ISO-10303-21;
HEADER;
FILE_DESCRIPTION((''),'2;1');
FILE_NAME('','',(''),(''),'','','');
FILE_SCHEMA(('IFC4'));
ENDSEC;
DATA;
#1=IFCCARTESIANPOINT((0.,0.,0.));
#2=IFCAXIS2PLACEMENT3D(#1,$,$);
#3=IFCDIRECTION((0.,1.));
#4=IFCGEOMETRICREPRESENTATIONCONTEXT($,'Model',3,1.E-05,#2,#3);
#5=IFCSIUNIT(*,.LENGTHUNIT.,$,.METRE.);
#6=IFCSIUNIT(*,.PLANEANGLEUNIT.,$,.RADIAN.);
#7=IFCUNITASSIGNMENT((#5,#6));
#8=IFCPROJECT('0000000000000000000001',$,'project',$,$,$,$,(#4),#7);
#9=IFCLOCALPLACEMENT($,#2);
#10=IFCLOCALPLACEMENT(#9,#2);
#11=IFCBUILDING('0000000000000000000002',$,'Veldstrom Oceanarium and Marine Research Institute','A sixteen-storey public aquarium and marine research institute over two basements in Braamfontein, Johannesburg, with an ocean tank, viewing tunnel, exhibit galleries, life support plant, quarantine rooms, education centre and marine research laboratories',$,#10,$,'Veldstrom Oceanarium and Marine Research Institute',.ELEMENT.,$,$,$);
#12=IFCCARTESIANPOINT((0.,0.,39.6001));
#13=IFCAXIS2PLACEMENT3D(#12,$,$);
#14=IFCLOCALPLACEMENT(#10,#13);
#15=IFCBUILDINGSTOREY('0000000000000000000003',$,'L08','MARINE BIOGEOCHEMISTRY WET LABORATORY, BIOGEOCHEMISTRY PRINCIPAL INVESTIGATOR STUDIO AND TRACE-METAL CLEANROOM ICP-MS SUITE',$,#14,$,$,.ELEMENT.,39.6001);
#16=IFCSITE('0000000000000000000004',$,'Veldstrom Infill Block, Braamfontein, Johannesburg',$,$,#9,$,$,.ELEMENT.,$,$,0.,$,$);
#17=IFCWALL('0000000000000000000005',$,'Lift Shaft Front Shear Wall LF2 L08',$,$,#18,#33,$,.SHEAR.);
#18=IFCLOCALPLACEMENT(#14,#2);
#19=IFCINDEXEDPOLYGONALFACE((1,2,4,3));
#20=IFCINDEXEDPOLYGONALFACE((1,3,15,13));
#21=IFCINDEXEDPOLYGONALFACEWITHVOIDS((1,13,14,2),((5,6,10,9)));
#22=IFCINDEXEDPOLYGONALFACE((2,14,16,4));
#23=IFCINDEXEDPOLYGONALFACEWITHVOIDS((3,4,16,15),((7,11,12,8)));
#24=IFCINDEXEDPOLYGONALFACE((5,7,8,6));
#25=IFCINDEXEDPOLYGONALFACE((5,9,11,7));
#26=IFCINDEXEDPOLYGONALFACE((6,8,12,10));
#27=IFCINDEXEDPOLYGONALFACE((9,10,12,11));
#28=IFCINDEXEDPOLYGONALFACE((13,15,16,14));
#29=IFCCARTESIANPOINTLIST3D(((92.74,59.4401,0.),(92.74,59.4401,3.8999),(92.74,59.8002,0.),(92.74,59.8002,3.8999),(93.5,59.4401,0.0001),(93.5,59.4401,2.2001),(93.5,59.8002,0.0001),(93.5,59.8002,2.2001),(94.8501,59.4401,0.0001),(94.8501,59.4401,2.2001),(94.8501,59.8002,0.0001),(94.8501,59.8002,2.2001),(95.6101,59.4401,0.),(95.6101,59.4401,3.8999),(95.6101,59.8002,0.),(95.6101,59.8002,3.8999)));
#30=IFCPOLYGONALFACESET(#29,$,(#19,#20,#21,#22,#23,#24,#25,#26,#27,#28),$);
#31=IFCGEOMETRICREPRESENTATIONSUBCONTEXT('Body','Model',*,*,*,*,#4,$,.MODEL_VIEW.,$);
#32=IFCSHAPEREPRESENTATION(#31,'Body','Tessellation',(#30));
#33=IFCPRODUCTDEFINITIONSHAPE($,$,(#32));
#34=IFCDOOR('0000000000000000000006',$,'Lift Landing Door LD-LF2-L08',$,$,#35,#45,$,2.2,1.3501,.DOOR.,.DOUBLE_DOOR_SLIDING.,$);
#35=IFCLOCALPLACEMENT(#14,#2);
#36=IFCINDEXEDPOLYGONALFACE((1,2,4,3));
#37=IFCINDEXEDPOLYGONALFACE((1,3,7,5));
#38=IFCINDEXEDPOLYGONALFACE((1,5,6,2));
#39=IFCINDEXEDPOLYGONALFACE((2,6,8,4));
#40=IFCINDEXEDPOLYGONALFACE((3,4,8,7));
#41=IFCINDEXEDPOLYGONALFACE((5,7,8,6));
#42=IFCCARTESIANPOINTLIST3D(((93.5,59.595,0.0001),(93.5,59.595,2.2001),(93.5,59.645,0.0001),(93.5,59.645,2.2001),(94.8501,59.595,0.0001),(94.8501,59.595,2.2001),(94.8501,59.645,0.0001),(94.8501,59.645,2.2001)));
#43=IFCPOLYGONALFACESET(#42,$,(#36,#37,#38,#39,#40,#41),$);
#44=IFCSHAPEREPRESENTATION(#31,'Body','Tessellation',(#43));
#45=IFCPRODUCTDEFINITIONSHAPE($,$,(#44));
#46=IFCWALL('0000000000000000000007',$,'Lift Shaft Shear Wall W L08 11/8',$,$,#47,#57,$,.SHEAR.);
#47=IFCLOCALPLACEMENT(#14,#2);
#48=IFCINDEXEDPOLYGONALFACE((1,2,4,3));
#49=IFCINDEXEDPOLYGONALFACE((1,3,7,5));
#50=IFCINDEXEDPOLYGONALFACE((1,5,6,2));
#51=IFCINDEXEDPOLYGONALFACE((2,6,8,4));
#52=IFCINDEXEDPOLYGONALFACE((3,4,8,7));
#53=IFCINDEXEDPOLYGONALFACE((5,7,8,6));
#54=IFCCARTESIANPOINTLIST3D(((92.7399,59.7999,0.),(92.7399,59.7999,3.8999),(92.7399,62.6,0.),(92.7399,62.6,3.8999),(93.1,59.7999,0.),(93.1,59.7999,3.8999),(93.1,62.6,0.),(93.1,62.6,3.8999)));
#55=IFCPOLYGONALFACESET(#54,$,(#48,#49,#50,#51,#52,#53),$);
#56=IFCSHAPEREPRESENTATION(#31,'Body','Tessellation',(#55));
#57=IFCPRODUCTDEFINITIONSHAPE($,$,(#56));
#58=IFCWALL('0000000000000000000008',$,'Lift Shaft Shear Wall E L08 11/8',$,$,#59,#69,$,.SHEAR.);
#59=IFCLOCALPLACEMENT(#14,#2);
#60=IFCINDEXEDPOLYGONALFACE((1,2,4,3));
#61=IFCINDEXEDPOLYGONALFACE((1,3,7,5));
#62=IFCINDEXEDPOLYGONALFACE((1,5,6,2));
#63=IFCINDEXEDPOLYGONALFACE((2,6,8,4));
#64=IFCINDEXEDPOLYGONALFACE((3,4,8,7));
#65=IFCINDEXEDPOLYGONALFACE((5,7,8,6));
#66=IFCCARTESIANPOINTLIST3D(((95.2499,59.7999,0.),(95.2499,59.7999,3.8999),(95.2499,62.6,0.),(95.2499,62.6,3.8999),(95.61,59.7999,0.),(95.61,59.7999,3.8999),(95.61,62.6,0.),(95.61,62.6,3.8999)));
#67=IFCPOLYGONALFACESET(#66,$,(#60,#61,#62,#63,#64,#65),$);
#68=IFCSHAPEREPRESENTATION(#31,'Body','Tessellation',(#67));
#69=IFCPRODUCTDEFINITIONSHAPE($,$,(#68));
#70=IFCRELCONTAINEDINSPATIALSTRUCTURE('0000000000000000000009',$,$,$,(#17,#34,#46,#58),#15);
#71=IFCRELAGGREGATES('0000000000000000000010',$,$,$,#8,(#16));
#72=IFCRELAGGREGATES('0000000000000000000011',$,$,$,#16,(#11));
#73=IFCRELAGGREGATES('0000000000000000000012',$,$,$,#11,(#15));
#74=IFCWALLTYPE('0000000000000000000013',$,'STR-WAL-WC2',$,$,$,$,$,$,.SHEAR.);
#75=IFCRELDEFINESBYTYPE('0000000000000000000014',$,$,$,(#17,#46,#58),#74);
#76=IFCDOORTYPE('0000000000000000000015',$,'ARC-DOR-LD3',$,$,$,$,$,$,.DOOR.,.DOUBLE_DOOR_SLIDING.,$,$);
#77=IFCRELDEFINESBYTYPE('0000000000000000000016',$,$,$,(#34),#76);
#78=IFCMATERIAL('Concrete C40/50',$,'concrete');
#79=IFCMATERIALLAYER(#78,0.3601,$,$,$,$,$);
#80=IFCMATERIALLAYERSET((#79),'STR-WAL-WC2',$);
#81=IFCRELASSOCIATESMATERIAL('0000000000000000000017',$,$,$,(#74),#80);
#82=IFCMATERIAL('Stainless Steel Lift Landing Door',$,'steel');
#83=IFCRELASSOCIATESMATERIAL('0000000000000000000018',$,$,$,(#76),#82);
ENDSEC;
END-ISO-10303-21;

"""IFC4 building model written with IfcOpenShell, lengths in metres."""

from ifc_helpers import new_model, si_unit, direction, frame, frame_2d, origin, place, context, subcontext, project, spatial, rectangle, extrude, material, layer, layer_set, type_object, element, fill, save


model = new_model("IFC4")

# Units and contexts
model_context = context("Model", 3, precision=1e-05, world=origin(), true_north=direction((0.0, 1.0)))
body_context = subcontext(model_context, "Body", "Model", "MODEL_VIEW")
ifc_project = project(units=[si_unit("LENGTHUNIT", "METRE"), si_unit("PLANEANGLEUNIT", "RADIAN")], contexts=[model_context])

# Site, building, storey
site_placement = place(None, origin())
site = spatial("IfcSite", under=ifc_project, at=site_placement, Name="Veldstrom Infill Block, Braamfontein, Johannesburg", CompositionType="ELEMENT", RefElevation=0.0)
building_placement = place(site_placement, origin())
building = spatial("IfcBuilding", under=site, at=building_placement, Name="Veldstrom Oceanarium and Marine Research Institute", Description="A sixteen-storey public aquarium and marine research institute over two basements in Braamfontein, Johannesburg, with an ocean tank, viewing tunnel, exhibit galleries, life support plant, quarantine rooms, education centre and marine research laboratories", LongName="Veldstrom Oceanarium and Marine Research Institute", CompositionType="ELEMENT")
storey_placement = place(building_placement, frame((0.0, 0.0, 39.6001)))
storey = spatial("IfcBuildingStorey", under=building, at=storey_placement, Name="L08", Description="MARINE BIOGEOCHEMISTRY WET LABORATORY, BIOGEOCHEMISTRY PRINCIPAL INVESTIGATOR STUDIO AND TRACE-METAL CLEANROOM ICP-MS SUITE", CompositionType="ELEMENT", Elevation=39.6001)

# Shared definitions
ifc_material_1 = material(Name="Concrete C40/50", Category="concrete")
ifc_layer_1 = layer(ifc_material_1, 0.3601)
ifc_layer_set_1 = layer_set([ifc_layer_1], Name="STR-WAL-WC2")
wall_type_1 = type_object("IfcWallType", Name="STR-WAL-WC2", PredefinedType="SHEAR", material=ifc_layer_set_1)

# Wall, opening, door
wall_1_placement = place(storey_placement, frame((92.74, 59.6201, 0.0), z_axis=(0.0, 0.0, 1.0), x_axis=(1.0, 0.0, 0.0)))
wall_1 = element("IfcWall", 1, at=wall_1_placement, inside=storey, type_object=wall_type_1, Name="Lift Shaft Front Shear Wall LF2 L08", PredefinedType="SHEAR", context=body_context, shape_type="SweptSolid", body=[
    extrude(rectangle(XDim=2.8701, YDim=0.3601, at=frame_2d((1.4351, 0.0))), origin(), (0.0, 0.0, 1.0), 3.8999),
])
opening_1_placement = place(wall_1_placement, frame((0.76, 0.0, 0.0)))
opening_1 = element("IfcOpeningElement", 2, at=opening_1_placement, cuts=wall_1, PredefinedType="OPENING", context=body_context, shape_type="SweptSolid", body=[
    extrude(rectangle(XDim=1.3501, YDim=2.2, at=frame_2d((0.675, 1.1001))), frame((0.0, 0.1899, 0.0), z_axis=(0.0, -1.0, 0.0), x_axis=(1.0, 0.0, 0.0)), (0.0, 0.0, 1.0), 0.3801),
])
ifc_material_2 = material(Name="Stainless Steel Lift Landing Door", Category="steel")
door_type_1 = type_object("IfcDoorType", Name="ARC-DOR-LD3", OperationType="DOUBLE_DOOR_SLIDING", PredefinedType="DOOR", material=ifc_material_2)
door_1_placement = place(opening_1_placement, origin())
door_1 = element("IfcDoor", 3, at=door_1_placement, inside=storey, type_object=door_type_1, Name="Lift Landing Door LD-LF2-L08", OperationType="DOUBLE_DOOR_SLIDING", OverallHeight=2.2, OverallWidth=1.3501, PredefinedType="DOOR", context=body_context, shape_type="SweptSolid", body=[
    extrude(rectangle(XDim=1.3501, YDim=2.2, at=frame_2d((0.675, 1.1001))), frame((0.0, 0.0249, 0.0), z_axis=(0.0, -1.0, 0.0), x_axis=(1.0, 0.0, 0.0)), (0.0, 0.0, 1.0), 0.05),
])
fill(opening_1, door_1)

# Walls
for number, where, z_axis, x_axis, name in (
    (4, (92.9199, 59.8, 0.0), (0.0, 0.0, 1.0), (0.0, 1.0, 0.0), "Lift Shaft Shear Wall W L08 11/8"),
    (5, (95.4299, 59.8, 0.0), (0.0, 0.0, 1.0), (0.0, 1.0, 0.0), "Lift Shaft Shear Wall E L08 11/8"),
):
    element("IfcWall", number, at=place(storey_placement, frame(where, z_axis=z_axis, x_axis=x_axis)), inside=storey, type_object=wall_type_1, Name=name, PredefinedType="SHEAR", context=body_context, shape_type="SweptSolid", body=[
        extrude(rectangle(XDim=2.8, YDim=0.3601, at=frame_2d((1.3999, 0.0))), origin(), (0.0, 0.0, 1.0), 3.8999),
    ])

save(model, "model.ifc")
